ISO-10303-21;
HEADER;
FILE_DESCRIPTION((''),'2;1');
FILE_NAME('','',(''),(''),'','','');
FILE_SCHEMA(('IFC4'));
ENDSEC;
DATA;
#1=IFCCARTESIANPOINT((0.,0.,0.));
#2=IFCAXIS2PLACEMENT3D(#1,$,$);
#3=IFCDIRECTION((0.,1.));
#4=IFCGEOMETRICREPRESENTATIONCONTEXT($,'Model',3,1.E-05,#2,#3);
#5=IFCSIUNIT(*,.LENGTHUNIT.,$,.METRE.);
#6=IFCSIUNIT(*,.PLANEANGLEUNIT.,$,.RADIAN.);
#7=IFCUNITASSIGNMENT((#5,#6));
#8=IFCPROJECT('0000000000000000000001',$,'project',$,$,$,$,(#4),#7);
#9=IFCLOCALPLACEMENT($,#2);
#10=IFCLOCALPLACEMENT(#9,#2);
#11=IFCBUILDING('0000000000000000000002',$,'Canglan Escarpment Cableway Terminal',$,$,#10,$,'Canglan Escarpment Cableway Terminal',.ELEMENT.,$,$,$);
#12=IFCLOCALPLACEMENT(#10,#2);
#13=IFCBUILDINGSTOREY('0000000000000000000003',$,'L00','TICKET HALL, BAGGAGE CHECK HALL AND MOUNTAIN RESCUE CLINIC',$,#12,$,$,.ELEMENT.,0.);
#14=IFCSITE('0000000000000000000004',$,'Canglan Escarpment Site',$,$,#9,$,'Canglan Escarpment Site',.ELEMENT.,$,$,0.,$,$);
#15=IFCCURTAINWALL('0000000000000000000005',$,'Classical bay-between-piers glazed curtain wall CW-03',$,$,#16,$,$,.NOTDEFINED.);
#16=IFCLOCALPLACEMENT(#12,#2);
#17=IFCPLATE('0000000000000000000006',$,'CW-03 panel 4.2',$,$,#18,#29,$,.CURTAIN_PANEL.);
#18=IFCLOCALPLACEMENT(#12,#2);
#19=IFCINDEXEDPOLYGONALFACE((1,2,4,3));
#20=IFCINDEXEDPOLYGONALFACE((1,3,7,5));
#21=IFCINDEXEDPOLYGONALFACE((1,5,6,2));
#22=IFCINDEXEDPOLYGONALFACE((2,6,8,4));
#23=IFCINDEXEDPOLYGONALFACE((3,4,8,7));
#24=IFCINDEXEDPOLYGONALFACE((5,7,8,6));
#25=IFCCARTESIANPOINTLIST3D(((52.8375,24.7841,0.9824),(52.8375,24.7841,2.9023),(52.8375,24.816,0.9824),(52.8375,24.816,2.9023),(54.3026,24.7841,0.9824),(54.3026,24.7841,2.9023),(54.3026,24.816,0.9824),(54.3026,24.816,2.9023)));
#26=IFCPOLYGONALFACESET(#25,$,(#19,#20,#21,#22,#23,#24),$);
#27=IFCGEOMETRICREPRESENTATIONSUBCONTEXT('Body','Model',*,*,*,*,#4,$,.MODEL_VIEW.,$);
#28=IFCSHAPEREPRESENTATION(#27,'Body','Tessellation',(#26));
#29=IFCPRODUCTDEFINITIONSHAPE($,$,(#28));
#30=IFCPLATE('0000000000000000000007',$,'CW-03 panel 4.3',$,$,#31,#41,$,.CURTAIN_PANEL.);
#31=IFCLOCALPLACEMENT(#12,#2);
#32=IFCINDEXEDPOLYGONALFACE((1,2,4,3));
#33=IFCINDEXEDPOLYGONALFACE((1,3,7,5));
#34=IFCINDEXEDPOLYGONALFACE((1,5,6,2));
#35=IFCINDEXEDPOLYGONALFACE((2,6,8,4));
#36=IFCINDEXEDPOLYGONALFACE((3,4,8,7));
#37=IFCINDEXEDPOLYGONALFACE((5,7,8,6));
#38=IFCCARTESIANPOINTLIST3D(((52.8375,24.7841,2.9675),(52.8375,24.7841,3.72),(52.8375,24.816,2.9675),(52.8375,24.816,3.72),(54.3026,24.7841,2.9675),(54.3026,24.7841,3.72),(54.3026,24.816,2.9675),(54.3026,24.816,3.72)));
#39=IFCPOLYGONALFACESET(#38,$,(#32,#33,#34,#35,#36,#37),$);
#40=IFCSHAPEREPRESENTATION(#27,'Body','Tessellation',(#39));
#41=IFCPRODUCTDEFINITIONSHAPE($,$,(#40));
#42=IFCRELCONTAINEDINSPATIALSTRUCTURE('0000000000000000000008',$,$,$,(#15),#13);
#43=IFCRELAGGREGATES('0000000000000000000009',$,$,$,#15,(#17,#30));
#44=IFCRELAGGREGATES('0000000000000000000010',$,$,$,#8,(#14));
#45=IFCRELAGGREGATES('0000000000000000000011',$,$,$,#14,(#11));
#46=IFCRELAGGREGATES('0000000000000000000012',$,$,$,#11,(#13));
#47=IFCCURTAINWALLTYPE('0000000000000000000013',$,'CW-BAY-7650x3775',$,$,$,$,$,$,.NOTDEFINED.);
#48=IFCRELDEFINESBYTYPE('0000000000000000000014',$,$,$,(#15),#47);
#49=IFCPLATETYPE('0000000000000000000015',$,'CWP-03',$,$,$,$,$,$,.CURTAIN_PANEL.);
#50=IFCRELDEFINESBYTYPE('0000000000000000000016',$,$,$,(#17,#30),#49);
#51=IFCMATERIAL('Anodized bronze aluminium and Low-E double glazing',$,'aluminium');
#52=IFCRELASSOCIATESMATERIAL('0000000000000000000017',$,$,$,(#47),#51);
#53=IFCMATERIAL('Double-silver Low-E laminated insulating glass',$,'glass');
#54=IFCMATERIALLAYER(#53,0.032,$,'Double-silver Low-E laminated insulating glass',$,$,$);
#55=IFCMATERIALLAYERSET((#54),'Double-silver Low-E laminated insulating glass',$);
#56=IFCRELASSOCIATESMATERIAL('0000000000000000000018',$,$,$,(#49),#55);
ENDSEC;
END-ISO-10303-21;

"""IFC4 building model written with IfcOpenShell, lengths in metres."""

from ifc_helpers import new_model, si_unit, direction, frame, origin, origin_2d, place, context, subcontext, project, spatial, rectangle, extrude, material, layer, layer_set, type_object, element, aggregate, save


model = new_model("IFC4")

# Units and contexts
model_context = context("Model", 3, precision=1e-05, world=origin(), true_north=direction((0.0, 1.0)))
body_context = subcontext(model_context, "Body", "Model", "MODEL_VIEW")
ifc_project = project(units=[si_unit("LENGTHUNIT", "METRE"), si_unit("PLANEANGLEUNIT", "RADIAN")], contexts=[model_context])

# Site, building, storey
site_placement = place(None, origin())
site = spatial("IfcSite", under=ifc_project, at=site_placement, Name="Canglan Escarpment Site", LongName="Canglan Escarpment Site", CompositionType="ELEMENT", RefElevation=0.0)
building_placement = place(site_placement, origin())
building = spatial("IfcBuilding", under=site, at=building_placement, Name="Canglan Escarpment Cableway Terminal", LongName="Canglan Escarpment Cableway Terminal", CompositionType="ELEMENT")
storey_placement = place(building_placement, origin())
storey = spatial("IfcBuildingStorey", under=building, at=storey_placement, Name="L00", Description="TICKET HALL, BAGGAGE CHECK HALL AND MOUNTAIN RESCUE CLINIC", CompositionType="ELEMENT", Elevation=0.0)

# Curtain wall, plates
ifc_material_1 = material(Name="Anodized bronze aluminium and Low-E double glazing", Category="aluminium")
curtain_wall_type = type_object("IfcCurtainWallType", Name="CW-BAY-7650x3775", PredefinedType="NOTDEFINED", material=ifc_material_1)
curtain_wall_placement = place(storey_placement, origin())
curtain_wall = element("IfcCurtainWall", 1, at=curtain_wall_placement, inside=storey, type_object=curtain_wall_type, Name="Classical bay-between-piers glazed curtain wall CW-03", PredefinedType="NOTDEFINED")
ifc_material_2 = material(Name="Double-silver Low-E laminated insulating glass", Category="glass")
ifc_layer = layer(ifc_material_2, 0.032, Name="Double-silver Low-E laminated insulating glass")
ifc_layer_set = layer_set([ifc_layer], Name="Double-silver Low-E laminated insulating glass")
plate_type = type_object("IfcPlateType", Name="CWP-03", PredefinedType="CURTAIN_PANEL", material=ifc_layer_set)
plate_1_placement = place(storey_placement, frame((53.5701, 24.8, 0.9824), z_axis=(0.0, 0.0, 1.0), x_axis=(-1.0, 0.0, 0.0)))
plate_1 = element("IfcPlate", 2, at=plate_1_placement, type_object=plate_type, Name="CW-03 panel 4.2", PredefinedType="CURTAIN_PANEL", context=body_context, shape_type="SweptSolid", body=[
    extrude(rectangle(XDim=1.4651, YDim=0.032, at=origin_2d()), origin(), (0.0, 0.0, 1.0), 1.9199),
])
plate_2_placement = place(storey_placement, frame((53.5701, 24.8, 2.9675), z_axis=(0.0, 0.0, 1.0), x_axis=(-1.0, 0.0, 0.0)))
plate_2 = element("IfcPlate", 3, at=plate_2_placement, type_object=plate_type, Name="CW-03 panel 4.3", PredefinedType="CURTAIN_PANEL", context=body_context, shape_type="SweptSolid", body=[
    extrude(rectangle(XDim=1.4651, YDim=0.032, at=origin_2d()), origin(), (0.0, 0.0, 1.0), 0.7524),
])
aggregate(curtain_wall, [plate_1, plate_2])

save(model, "model.ifc")
